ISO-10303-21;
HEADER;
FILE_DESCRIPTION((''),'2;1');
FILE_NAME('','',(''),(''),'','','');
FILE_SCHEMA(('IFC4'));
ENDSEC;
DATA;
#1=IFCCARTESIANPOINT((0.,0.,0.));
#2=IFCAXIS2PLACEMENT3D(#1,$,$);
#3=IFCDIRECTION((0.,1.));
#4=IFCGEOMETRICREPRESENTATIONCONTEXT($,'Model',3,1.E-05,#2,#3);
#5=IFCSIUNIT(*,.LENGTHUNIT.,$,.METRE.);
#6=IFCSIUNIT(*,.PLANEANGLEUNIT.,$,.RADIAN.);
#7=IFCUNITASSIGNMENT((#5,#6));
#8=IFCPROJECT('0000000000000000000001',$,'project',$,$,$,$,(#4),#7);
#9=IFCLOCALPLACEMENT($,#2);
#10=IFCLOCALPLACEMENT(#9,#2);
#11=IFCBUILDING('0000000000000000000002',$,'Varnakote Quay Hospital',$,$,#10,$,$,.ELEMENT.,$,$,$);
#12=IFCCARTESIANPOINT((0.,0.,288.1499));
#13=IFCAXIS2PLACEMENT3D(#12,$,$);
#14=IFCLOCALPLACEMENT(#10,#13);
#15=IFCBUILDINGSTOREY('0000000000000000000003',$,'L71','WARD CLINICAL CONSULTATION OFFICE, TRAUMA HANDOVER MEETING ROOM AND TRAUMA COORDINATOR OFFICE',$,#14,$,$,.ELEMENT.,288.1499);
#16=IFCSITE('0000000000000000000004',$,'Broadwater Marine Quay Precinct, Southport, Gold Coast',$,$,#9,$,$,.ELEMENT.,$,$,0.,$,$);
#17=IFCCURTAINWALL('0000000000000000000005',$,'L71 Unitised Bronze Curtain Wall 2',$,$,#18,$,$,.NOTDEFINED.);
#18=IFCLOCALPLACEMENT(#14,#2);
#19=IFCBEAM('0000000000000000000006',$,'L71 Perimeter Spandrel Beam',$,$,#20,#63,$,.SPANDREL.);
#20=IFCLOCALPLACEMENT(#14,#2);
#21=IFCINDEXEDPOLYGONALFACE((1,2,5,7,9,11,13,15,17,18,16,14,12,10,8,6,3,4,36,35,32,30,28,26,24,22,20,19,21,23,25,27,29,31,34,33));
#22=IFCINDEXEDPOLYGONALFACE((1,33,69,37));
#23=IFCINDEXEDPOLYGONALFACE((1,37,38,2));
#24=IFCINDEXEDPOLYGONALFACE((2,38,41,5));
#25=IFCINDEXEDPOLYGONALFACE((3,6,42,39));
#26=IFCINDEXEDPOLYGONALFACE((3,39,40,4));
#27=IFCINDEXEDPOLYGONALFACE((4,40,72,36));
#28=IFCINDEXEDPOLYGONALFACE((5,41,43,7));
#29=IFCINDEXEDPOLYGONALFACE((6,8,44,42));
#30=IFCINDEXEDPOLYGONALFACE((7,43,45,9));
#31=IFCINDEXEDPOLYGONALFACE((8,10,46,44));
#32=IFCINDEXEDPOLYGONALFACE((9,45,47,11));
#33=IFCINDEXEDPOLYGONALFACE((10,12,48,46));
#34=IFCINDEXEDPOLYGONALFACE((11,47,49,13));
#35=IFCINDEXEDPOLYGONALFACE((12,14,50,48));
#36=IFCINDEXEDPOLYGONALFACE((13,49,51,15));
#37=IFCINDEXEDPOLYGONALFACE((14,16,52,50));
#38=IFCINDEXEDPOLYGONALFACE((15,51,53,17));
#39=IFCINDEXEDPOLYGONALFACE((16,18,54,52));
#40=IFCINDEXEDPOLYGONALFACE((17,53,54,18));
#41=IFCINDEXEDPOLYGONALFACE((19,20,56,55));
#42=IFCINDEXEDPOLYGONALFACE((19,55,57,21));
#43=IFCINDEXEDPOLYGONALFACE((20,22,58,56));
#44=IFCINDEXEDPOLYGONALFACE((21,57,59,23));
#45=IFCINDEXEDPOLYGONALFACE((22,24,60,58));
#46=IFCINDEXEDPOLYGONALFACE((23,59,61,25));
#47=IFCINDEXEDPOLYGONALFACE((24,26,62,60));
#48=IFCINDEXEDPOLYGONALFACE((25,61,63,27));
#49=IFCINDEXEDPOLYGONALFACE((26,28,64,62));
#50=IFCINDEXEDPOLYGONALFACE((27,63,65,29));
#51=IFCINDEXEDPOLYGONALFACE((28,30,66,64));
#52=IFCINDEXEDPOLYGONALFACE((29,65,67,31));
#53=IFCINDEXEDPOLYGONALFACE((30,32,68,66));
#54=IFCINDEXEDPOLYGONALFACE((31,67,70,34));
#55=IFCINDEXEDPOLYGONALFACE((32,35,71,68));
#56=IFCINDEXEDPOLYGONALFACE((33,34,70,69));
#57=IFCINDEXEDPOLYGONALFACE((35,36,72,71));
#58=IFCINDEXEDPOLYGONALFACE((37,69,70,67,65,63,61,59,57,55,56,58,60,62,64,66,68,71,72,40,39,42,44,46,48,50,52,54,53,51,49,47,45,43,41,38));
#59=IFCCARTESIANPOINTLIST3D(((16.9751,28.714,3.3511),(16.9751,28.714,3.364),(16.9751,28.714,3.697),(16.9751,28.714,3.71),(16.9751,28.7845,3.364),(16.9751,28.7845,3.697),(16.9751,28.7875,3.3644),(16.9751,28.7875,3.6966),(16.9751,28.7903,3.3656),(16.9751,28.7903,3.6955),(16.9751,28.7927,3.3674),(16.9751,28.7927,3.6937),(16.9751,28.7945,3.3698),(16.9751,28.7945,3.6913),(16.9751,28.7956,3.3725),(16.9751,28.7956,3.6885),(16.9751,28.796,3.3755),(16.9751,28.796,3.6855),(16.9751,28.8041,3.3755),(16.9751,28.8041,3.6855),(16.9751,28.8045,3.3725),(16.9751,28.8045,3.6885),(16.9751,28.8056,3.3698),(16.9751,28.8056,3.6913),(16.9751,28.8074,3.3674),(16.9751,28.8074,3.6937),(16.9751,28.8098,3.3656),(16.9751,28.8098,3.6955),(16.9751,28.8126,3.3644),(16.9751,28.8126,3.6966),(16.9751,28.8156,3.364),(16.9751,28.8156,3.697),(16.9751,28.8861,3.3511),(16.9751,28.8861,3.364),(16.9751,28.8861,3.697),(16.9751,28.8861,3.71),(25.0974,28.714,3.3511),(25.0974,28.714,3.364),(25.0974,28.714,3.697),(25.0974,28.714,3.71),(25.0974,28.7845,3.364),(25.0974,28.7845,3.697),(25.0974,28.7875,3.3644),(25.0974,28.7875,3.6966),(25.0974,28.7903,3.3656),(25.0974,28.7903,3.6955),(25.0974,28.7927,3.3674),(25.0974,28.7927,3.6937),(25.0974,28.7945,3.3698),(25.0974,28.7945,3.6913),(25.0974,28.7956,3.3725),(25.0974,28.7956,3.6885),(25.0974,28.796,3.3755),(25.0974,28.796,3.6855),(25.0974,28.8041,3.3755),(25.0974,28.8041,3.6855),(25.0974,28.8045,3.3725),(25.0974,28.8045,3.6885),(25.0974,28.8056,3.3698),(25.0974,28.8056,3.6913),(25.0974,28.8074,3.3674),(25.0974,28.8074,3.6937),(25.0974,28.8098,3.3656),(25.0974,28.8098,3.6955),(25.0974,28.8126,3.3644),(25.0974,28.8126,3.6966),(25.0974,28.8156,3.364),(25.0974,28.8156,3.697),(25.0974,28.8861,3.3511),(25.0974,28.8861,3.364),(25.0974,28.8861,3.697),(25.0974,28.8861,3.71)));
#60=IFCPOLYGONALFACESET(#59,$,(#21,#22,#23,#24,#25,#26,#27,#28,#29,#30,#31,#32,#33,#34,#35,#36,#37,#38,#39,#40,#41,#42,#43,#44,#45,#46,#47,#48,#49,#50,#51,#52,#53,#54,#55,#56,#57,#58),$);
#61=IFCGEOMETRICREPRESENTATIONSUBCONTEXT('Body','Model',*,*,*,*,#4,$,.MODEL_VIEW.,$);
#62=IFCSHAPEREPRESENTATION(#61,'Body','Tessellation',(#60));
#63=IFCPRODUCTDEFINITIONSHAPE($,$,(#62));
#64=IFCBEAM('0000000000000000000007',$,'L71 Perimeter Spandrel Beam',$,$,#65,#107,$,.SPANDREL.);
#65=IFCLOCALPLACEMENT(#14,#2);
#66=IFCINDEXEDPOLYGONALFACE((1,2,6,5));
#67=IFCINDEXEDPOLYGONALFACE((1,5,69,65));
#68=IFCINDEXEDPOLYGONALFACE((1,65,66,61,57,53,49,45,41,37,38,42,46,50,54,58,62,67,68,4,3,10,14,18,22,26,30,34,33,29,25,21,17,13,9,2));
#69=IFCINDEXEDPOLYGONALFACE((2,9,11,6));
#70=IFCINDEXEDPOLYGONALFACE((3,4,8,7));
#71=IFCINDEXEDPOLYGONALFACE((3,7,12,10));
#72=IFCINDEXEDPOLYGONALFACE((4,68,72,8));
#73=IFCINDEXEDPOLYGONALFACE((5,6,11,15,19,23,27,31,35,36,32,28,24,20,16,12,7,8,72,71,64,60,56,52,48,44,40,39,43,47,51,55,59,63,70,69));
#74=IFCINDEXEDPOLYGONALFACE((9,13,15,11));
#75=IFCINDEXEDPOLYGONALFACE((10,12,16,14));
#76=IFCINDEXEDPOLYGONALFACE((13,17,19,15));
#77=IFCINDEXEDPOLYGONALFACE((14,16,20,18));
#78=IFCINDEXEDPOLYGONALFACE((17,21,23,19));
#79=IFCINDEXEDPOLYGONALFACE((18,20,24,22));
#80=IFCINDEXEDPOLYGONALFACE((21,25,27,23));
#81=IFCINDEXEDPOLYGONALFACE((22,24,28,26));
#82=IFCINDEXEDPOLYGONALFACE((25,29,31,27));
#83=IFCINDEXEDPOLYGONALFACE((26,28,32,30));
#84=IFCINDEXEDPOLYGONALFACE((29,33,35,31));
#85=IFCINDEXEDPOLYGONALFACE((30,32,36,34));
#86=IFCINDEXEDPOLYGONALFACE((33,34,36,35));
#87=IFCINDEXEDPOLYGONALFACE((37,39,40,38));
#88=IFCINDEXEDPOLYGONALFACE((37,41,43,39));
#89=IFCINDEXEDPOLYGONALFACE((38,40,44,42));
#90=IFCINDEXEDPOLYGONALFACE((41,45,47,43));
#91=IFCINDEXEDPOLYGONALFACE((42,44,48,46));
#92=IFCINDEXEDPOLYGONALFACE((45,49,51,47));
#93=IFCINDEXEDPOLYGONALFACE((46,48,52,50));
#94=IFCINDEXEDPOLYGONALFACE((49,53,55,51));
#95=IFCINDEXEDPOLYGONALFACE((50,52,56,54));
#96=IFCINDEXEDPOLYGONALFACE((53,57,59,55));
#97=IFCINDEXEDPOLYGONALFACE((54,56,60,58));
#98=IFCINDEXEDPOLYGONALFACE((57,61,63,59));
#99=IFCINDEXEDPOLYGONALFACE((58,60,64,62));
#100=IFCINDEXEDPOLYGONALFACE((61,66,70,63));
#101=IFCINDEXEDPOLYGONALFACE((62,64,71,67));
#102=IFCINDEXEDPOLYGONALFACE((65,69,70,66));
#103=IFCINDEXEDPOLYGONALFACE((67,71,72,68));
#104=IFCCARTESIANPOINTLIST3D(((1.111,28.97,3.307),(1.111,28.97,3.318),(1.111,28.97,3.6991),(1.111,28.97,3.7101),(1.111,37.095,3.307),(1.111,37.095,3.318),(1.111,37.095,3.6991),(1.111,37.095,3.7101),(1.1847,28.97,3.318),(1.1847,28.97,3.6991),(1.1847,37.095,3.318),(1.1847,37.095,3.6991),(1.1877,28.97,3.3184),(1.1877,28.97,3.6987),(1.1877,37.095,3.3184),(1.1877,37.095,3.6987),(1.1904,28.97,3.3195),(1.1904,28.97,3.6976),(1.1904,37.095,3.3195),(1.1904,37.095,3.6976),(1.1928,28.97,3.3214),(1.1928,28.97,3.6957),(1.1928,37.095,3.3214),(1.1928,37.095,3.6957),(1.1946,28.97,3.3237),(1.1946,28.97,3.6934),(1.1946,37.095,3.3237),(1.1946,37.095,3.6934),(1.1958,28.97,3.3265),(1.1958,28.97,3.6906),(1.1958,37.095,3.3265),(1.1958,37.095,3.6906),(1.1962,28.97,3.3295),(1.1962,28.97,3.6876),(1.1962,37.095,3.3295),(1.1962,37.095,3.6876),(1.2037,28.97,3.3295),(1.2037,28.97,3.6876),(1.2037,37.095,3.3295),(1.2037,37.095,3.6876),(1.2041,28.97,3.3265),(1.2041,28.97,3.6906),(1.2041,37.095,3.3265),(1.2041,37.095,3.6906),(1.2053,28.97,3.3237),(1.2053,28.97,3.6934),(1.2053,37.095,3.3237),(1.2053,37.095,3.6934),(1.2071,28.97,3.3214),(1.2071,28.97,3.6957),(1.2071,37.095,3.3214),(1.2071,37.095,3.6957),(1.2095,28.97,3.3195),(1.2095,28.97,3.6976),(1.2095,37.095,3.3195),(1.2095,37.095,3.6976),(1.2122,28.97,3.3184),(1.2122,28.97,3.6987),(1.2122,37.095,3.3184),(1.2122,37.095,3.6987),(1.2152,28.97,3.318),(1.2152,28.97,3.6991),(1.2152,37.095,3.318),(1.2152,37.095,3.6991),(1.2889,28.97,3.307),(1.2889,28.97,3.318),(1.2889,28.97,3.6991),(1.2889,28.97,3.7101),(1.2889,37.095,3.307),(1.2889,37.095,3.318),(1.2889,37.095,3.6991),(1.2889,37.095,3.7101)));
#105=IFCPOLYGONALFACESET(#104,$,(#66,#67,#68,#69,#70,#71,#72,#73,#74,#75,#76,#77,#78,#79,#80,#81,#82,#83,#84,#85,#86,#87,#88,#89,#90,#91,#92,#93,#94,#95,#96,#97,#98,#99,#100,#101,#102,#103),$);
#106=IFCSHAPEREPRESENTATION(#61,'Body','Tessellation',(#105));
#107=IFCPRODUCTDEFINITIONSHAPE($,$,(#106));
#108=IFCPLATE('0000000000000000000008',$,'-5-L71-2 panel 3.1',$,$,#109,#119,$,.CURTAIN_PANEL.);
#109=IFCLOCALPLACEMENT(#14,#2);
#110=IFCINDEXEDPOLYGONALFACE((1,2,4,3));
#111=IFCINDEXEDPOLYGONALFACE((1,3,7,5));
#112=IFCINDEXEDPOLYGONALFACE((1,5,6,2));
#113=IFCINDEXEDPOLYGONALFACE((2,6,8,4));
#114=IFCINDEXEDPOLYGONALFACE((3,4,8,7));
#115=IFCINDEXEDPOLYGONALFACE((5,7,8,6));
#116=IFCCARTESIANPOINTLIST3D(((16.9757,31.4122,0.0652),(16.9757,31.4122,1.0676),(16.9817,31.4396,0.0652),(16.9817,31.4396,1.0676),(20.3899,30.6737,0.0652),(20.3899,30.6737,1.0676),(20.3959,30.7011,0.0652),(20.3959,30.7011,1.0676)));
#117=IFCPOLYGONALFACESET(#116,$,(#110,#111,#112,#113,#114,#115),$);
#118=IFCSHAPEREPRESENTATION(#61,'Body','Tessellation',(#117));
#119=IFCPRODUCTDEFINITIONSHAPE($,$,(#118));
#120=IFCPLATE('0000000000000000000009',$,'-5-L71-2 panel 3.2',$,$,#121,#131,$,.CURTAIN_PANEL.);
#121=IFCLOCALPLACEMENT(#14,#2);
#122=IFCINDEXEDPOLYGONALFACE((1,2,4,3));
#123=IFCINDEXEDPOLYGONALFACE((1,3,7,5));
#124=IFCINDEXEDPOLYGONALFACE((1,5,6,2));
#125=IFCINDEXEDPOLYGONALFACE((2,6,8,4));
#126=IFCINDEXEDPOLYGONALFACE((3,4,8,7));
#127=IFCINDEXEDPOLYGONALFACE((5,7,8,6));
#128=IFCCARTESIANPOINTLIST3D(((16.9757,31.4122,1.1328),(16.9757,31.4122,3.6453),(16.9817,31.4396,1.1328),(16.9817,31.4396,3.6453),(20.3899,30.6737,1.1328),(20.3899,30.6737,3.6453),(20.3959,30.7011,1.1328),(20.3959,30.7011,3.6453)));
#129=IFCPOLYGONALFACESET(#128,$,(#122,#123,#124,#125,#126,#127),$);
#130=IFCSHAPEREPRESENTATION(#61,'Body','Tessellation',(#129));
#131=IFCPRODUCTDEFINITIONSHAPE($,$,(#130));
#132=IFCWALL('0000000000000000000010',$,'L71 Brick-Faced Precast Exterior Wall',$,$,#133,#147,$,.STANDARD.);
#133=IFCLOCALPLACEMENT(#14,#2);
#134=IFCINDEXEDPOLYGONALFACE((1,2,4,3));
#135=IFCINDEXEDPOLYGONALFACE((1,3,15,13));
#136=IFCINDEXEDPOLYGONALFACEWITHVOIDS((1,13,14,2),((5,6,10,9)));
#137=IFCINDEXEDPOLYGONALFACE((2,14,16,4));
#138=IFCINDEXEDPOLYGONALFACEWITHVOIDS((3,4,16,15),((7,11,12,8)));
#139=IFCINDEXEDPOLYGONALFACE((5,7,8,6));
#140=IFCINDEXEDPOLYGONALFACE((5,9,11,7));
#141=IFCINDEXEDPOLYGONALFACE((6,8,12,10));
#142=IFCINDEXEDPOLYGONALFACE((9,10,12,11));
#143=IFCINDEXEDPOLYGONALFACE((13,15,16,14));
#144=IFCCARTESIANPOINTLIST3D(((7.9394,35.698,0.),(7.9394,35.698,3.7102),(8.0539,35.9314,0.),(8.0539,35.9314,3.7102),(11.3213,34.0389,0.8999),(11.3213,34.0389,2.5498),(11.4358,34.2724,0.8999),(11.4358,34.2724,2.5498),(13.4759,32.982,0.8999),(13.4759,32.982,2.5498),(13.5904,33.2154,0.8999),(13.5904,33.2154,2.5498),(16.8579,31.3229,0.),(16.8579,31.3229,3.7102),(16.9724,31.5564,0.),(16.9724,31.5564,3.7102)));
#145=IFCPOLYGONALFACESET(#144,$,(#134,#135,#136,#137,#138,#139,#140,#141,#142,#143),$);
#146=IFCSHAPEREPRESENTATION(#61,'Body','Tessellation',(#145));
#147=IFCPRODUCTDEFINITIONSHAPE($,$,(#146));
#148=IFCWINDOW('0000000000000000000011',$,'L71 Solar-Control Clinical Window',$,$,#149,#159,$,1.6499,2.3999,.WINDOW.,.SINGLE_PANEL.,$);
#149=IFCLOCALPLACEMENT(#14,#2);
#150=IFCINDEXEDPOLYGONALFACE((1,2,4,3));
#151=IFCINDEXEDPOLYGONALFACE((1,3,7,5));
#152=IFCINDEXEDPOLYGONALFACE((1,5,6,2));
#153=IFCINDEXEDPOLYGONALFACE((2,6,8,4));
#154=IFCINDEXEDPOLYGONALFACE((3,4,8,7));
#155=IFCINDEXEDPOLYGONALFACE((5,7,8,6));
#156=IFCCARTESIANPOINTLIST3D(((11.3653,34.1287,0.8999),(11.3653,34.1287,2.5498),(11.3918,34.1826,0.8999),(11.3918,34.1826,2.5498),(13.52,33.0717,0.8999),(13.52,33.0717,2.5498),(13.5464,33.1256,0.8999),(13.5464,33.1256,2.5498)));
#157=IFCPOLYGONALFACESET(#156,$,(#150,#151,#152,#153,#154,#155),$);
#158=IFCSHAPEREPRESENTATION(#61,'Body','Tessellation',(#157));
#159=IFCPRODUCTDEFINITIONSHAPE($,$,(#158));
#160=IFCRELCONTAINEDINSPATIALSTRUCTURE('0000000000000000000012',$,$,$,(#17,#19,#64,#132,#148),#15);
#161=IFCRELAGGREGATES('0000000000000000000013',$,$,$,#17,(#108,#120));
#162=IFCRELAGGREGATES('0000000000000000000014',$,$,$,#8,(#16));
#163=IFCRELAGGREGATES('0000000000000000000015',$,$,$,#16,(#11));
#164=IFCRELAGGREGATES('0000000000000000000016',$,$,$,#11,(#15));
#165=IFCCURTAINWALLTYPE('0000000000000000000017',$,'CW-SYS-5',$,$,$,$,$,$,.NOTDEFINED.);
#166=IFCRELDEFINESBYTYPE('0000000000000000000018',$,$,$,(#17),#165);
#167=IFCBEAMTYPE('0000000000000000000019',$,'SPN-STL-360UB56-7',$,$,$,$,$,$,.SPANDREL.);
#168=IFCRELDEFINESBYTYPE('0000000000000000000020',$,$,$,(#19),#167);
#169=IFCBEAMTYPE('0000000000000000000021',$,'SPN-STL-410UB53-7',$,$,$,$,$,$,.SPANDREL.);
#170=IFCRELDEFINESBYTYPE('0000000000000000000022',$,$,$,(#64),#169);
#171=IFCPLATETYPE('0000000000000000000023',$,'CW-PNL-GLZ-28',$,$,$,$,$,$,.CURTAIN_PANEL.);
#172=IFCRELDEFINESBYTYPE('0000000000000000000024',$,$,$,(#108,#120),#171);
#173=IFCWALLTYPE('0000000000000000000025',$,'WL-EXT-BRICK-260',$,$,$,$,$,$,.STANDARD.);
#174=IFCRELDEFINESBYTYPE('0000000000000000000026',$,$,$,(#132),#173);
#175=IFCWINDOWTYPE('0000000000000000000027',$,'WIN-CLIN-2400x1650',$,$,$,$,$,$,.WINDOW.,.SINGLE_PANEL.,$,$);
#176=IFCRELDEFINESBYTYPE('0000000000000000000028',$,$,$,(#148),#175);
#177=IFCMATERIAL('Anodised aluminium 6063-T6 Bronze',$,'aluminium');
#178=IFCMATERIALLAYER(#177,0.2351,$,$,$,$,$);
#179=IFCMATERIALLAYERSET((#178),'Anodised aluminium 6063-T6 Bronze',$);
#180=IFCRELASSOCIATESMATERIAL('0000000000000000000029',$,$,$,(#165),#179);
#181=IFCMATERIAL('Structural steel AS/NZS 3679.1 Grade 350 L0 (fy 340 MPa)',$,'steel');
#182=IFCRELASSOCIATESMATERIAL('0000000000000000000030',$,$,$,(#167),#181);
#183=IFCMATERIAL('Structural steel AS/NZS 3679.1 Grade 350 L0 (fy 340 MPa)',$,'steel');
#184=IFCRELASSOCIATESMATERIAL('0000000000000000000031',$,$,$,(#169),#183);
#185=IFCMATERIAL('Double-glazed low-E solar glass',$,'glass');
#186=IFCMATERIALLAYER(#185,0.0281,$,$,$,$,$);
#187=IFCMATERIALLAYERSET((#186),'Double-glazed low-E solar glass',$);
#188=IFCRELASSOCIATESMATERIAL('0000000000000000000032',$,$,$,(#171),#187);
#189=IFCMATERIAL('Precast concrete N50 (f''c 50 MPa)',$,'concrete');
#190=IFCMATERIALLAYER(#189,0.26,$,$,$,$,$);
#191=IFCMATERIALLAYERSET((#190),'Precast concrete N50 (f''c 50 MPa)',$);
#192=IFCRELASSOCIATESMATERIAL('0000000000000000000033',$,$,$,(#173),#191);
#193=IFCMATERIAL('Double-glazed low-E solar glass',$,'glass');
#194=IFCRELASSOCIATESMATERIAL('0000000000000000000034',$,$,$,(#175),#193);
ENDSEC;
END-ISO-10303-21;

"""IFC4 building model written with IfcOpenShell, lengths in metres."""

from ifc_helpers import new_model, si_unit, direction, frame, frame_2d, origin, origin_2d, place, context, subcontext, project, spatial, rectangle, i_section, extrude, material, layer, layer_set, material_profile, profile_set, type_object, element, fill, aggregate, save


model = new_model("IFC4")

# Units and contexts
model_context = context("Model", 3, precision=1e-05, world=origin(), true_north=direction((0.0, 1.0)))
body_context = subcontext(model_context, "Body", "Model", "MODEL_VIEW")
ifc_project = project(units=[si_unit("LENGTHUNIT", "METRE"), si_unit("PLANEANGLEUNIT", "RADIAN")], contexts=[model_context])

# Site, building, storey
site_placement = place(None, origin())
site = spatial("IfcSite", under=ifc_project, at=site_placement, Name="Broadwater Marine Quay Precinct, Southport, Gold Coast", CompositionType="ELEMENT", RefElevation=0.0)
building_placement = place(site_placement, origin())
building = spatial("IfcBuilding", under=site, at=building_placement, Name="Varnakote Quay Hospital", CompositionType="ELEMENT")
storey_placement = place(building_placement, frame((0.0, 0.0, 288.1499)))
storey = spatial("IfcBuildingStorey", under=building, at=storey_placement, Name="L71", Description="WARD CLINICAL CONSULTATION OFFICE, TRAUMA HANDOVER MEETING ROOM AND TRAUMA COORDINATOR OFFICE", CompositionType="ELEMENT", Elevation=288.1499)

# Curtain wall
ifc_material_1 = material(Name="Anodised aluminium 6063-T6 Bronze", Category="aluminium")
ifc_layer_1 = layer(ifc_material_1, 0.2351)
ifc_layer_set_1 = layer_set([ifc_layer_1], Name="Anodised aluminium 6063-T6 Bronze")
curtain_wall_type = type_object("IfcCurtainWallType", Name="CW-SYS-5", PredefinedType="NOTDEFINED", material=ifc_layer_set_1)
curtain_wall_placement = place(storey_placement, origin())
curtain_wall = element("IfcCurtainWall", 1, at=curtain_wall_placement, inside=storey, type_object=curtain_wall_type, Name="L71 Unitised Bronze Curtain Wall 2", PredefinedType="NOTDEFINED")

# Beams
ifc_material_2 = material(Name="Structural steel AS/NZS 3679.1 Grade 350 L0 (fy 340 MPa)", Category="steel")
ifc_material_profile_1 = material_profile(ifc_material_2, i_section(OverallWidth=0.1721, OverallDepth=0.3589, WebThickness=0.0081, FlangeThickness=0.0129, FilletRadius=0.0115, at=origin_2d()), Name="360UB56.7")
ifc_profile_set_1 = profile_set([ifc_material_profile_1], Name="Structural steel AS/NZS 3679.1 Grade 350 L0 (fy 340 MPa)")
beam_type_1 = type_object("IfcBeamType", Name="SPN-STL-360UB56-7", PredefinedType="SPANDREL", material=ifc_profile_set_1)
beam_1_placement = place(storey_placement, frame((16.9751, 28.8, 3.5305), z_axis=(1.0, 0.0, 0.0), x_axis=(0.0, 1.0, 0.0)))
element("IfcBeam", 2, at=beam_1_placement, inside=storey, type_object=beam_type_1, Name="L71 Perimeter Spandrel Beam", PredefinedType="SPANDREL", context=body_context, shape_type="SweptSolid", body=[
    extrude(i_section(OverallWidth=0.1721, OverallDepth=0.3589, WebThickness=0.0081, FlangeThickness=0.0129, FilletRadius=0.0115, at=origin_2d()), origin(), (0.0, 0.0, 1.0), 8.1223),
])
ifc_material_3 = material(Name="Structural steel AS/NZS 3679.1 Grade 350 L0 (fy 340 MPa)", Category="steel")
ifc_material_profile_2 = material_profile(ifc_material_3, i_section(OverallWidth=0.178, OverallDepth=0.4031, WebThickness=0.0076, FlangeThickness=0.011, FilletRadius=0.0115, at=origin_2d()), Name="410UB53.7")
ifc_profile_set_2 = profile_set([ifc_material_profile_2], Name="Structural steel AS/NZS 3679.1 Grade 350 L0 (fy 340 MPa)")
beam_type_2 = type_object("IfcBeamType", Name="SPN-STL-410UB53-7", PredefinedType="SPANDREL", material=ifc_profile_set_2)
beam_2_placement = place(storey_placement, frame((1.2, 28.97, 3.5085), z_axis=(0.0, 1.0, 0.0), x_axis=(-1.0, 0.0, 0.0)))
element("IfcBeam", 3, at=beam_2_placement, inside=storey, type_object=beam_type_2, Name="L71 Perimeter Spandrel Beam", PredefinedType="SPANDREL", context=body_context, shape_type="SweptSolid", body=[
    extrude(i_section(OverallWidth=0.178, OverallDepth=0.4031, WebThickness=0.0076, FlangeThickness=0.011, FilletRadius=0.0115, at=origin_2d()), origin(), (0.0, 0.0, 1.0), 8.125),
])

# Plates
ifc_material_4 = material(Name="Double-glazed low-E solar glass", Category="glass")
ifc_layer_2 = layer(ifc_material_4, 0.0281)
ifc_layer_set_2 = layer_set([ifc_layer_2], Name="Double-glazed low-E solar glass")
plate_type = type_object("IfcPlateType", Name="CW-PNL-GLZ-28", PredefinedType="CURTAIN_PANEL", material=ifc_layer_set_2)
plate_1_placement = place(storey_placement, frame((18.6858, 31.0566, 0.0652), z_axis=(0.0, 0.0, 1.0), x_axis=(-0.977398, 0.211408, 0.0)))
plate_1 = element("IfcPlate", 4, at=plate_1_placement, type_object=plate_type, Name="-5-L71-2 panel 3.1", PredefinedType="CURTAIN_PANEL", context=body_context, shape_type="SweptSolid", body=[
    extrude(rectangle(XDim=3.4932, YDim=0.0281, at=origin_2d()), origin(), (0.0, 0.0, 1.0), 1.0024),
])
plate_2_placement = place(storey_placement, frame((18.6858, 31.0566, 1.1328), z_axis=(0.0, 0.0, 1.0), x_axis=(-0.977398, 0.211408, 0.0)))
plate_2 = element("IfcPlate", 5, at=plate_2_placement, type_object=plate_type, Name="-5-L71-2 panel 3.2", PredefinedType="CURTAIN_PANEL", context=body_context, shape_type="SweptSolid", body=[
    extrude(rectangle(XDim=3.4932, YDim=0.0281, at=origin_2d()), origin(), (0.0, 0.0, 1.0), 2.5125),
])
aggregate(curtain_wall, [plate_1, plate_2])

# Wall, opening, window
ifc_material_5 = material(Name="Precast concrete N50 (f'c 50 MPa)", Category="concrete")
ifc_layer_3 = layer(ifc_material_5, 0.26)
ifc_layer_set_3 = layer_set([ifc_layer_3], Name="Precast concrete N50 (f'c 50 MPa)")
wall_type_1 = type_object("IfcWallType", Name="WL-EXT-BRICK-260", PredefinedType="STANDARD", material=ifc_layer_set_3)
wall_1_placement = place(storey_placement, frame((16.915, 31.4397, 0.0), z_axis=(0.0, 0.0, 1.0), x_axis=(-0.897793, 0.440418, 0.0)))
wall_1 = element("IfcWall", 6, at=wall_1_placement, inside=storey, type_object=wall_type_1, Name="L71 Brick-Faced Precast Exterior Wall", PredefinedType="STANDARD", context=body_context, shape_type="SweptSolid", body=[
    extrude(rectangle(XDim=9.9338, YDim=0.26, at=frame_2d((4.9668, 0.0))), origin(), (0.0, 0.0, 1.0), 3.7102),
])
opening_1_placement = place(wall_1_placement, frame((3.7668, 0.0, 0.8999)))
opening_1 = element("IfcOpeningElement", 7, at=opening_1_placement, cuts=wall_1, PredefinedType="OPENING", context=body_context, shape_type="SweptSolid", body=[
    extrude(rectangle(XDim=2.3999, YDim=1.6499, at=frame_2d((1.2, 0.825))), frame((0.0, 0.1399, 0.0), z_axis=(0.0, -1.0, 0.0), x_axis=(1.0, 0.0, 0.0)), (0.0, 0.0, 1.0), 0.28),
])
ifc_material_6 = material(Name="Double-glazed low-E solar glass", Category="glass")
window_type = type_object("IfcWindowType", Name="WIN-CLIN-2400x1650", PartitioningType="SINGLE_PANEL", PredefinedType="WINDOW", material=ifc_material_6)
window_1_placement = place(opening_1_placement, origin())
window_1 = element("IfcWindow", 8, at=window_1_placement, inside=storey, type_object=window_type, Name="L71 Solar-Control Clinical Window", OverallHeight=1.6499, OverallWidth=2.3999, PartitioningType="SINGLE_PANEL", PredefinedType="WINDOW", context=body_context, shape_type="SweptSolid", body=[
    extrude(rectangle(XDim=2.3999, YDim=1.6499, at=frame_2d((1.2, 0.825))), frame((0.0, 0.03, 0.0), z_axis=(0.0, -1.0, 0.0), x_axis=(1.0, 0.0, 0.0)), (0.0, 0.0, 1.0), 0.0601),
])
fill(opening_1, window_1)

save(model, "model.ifc")
